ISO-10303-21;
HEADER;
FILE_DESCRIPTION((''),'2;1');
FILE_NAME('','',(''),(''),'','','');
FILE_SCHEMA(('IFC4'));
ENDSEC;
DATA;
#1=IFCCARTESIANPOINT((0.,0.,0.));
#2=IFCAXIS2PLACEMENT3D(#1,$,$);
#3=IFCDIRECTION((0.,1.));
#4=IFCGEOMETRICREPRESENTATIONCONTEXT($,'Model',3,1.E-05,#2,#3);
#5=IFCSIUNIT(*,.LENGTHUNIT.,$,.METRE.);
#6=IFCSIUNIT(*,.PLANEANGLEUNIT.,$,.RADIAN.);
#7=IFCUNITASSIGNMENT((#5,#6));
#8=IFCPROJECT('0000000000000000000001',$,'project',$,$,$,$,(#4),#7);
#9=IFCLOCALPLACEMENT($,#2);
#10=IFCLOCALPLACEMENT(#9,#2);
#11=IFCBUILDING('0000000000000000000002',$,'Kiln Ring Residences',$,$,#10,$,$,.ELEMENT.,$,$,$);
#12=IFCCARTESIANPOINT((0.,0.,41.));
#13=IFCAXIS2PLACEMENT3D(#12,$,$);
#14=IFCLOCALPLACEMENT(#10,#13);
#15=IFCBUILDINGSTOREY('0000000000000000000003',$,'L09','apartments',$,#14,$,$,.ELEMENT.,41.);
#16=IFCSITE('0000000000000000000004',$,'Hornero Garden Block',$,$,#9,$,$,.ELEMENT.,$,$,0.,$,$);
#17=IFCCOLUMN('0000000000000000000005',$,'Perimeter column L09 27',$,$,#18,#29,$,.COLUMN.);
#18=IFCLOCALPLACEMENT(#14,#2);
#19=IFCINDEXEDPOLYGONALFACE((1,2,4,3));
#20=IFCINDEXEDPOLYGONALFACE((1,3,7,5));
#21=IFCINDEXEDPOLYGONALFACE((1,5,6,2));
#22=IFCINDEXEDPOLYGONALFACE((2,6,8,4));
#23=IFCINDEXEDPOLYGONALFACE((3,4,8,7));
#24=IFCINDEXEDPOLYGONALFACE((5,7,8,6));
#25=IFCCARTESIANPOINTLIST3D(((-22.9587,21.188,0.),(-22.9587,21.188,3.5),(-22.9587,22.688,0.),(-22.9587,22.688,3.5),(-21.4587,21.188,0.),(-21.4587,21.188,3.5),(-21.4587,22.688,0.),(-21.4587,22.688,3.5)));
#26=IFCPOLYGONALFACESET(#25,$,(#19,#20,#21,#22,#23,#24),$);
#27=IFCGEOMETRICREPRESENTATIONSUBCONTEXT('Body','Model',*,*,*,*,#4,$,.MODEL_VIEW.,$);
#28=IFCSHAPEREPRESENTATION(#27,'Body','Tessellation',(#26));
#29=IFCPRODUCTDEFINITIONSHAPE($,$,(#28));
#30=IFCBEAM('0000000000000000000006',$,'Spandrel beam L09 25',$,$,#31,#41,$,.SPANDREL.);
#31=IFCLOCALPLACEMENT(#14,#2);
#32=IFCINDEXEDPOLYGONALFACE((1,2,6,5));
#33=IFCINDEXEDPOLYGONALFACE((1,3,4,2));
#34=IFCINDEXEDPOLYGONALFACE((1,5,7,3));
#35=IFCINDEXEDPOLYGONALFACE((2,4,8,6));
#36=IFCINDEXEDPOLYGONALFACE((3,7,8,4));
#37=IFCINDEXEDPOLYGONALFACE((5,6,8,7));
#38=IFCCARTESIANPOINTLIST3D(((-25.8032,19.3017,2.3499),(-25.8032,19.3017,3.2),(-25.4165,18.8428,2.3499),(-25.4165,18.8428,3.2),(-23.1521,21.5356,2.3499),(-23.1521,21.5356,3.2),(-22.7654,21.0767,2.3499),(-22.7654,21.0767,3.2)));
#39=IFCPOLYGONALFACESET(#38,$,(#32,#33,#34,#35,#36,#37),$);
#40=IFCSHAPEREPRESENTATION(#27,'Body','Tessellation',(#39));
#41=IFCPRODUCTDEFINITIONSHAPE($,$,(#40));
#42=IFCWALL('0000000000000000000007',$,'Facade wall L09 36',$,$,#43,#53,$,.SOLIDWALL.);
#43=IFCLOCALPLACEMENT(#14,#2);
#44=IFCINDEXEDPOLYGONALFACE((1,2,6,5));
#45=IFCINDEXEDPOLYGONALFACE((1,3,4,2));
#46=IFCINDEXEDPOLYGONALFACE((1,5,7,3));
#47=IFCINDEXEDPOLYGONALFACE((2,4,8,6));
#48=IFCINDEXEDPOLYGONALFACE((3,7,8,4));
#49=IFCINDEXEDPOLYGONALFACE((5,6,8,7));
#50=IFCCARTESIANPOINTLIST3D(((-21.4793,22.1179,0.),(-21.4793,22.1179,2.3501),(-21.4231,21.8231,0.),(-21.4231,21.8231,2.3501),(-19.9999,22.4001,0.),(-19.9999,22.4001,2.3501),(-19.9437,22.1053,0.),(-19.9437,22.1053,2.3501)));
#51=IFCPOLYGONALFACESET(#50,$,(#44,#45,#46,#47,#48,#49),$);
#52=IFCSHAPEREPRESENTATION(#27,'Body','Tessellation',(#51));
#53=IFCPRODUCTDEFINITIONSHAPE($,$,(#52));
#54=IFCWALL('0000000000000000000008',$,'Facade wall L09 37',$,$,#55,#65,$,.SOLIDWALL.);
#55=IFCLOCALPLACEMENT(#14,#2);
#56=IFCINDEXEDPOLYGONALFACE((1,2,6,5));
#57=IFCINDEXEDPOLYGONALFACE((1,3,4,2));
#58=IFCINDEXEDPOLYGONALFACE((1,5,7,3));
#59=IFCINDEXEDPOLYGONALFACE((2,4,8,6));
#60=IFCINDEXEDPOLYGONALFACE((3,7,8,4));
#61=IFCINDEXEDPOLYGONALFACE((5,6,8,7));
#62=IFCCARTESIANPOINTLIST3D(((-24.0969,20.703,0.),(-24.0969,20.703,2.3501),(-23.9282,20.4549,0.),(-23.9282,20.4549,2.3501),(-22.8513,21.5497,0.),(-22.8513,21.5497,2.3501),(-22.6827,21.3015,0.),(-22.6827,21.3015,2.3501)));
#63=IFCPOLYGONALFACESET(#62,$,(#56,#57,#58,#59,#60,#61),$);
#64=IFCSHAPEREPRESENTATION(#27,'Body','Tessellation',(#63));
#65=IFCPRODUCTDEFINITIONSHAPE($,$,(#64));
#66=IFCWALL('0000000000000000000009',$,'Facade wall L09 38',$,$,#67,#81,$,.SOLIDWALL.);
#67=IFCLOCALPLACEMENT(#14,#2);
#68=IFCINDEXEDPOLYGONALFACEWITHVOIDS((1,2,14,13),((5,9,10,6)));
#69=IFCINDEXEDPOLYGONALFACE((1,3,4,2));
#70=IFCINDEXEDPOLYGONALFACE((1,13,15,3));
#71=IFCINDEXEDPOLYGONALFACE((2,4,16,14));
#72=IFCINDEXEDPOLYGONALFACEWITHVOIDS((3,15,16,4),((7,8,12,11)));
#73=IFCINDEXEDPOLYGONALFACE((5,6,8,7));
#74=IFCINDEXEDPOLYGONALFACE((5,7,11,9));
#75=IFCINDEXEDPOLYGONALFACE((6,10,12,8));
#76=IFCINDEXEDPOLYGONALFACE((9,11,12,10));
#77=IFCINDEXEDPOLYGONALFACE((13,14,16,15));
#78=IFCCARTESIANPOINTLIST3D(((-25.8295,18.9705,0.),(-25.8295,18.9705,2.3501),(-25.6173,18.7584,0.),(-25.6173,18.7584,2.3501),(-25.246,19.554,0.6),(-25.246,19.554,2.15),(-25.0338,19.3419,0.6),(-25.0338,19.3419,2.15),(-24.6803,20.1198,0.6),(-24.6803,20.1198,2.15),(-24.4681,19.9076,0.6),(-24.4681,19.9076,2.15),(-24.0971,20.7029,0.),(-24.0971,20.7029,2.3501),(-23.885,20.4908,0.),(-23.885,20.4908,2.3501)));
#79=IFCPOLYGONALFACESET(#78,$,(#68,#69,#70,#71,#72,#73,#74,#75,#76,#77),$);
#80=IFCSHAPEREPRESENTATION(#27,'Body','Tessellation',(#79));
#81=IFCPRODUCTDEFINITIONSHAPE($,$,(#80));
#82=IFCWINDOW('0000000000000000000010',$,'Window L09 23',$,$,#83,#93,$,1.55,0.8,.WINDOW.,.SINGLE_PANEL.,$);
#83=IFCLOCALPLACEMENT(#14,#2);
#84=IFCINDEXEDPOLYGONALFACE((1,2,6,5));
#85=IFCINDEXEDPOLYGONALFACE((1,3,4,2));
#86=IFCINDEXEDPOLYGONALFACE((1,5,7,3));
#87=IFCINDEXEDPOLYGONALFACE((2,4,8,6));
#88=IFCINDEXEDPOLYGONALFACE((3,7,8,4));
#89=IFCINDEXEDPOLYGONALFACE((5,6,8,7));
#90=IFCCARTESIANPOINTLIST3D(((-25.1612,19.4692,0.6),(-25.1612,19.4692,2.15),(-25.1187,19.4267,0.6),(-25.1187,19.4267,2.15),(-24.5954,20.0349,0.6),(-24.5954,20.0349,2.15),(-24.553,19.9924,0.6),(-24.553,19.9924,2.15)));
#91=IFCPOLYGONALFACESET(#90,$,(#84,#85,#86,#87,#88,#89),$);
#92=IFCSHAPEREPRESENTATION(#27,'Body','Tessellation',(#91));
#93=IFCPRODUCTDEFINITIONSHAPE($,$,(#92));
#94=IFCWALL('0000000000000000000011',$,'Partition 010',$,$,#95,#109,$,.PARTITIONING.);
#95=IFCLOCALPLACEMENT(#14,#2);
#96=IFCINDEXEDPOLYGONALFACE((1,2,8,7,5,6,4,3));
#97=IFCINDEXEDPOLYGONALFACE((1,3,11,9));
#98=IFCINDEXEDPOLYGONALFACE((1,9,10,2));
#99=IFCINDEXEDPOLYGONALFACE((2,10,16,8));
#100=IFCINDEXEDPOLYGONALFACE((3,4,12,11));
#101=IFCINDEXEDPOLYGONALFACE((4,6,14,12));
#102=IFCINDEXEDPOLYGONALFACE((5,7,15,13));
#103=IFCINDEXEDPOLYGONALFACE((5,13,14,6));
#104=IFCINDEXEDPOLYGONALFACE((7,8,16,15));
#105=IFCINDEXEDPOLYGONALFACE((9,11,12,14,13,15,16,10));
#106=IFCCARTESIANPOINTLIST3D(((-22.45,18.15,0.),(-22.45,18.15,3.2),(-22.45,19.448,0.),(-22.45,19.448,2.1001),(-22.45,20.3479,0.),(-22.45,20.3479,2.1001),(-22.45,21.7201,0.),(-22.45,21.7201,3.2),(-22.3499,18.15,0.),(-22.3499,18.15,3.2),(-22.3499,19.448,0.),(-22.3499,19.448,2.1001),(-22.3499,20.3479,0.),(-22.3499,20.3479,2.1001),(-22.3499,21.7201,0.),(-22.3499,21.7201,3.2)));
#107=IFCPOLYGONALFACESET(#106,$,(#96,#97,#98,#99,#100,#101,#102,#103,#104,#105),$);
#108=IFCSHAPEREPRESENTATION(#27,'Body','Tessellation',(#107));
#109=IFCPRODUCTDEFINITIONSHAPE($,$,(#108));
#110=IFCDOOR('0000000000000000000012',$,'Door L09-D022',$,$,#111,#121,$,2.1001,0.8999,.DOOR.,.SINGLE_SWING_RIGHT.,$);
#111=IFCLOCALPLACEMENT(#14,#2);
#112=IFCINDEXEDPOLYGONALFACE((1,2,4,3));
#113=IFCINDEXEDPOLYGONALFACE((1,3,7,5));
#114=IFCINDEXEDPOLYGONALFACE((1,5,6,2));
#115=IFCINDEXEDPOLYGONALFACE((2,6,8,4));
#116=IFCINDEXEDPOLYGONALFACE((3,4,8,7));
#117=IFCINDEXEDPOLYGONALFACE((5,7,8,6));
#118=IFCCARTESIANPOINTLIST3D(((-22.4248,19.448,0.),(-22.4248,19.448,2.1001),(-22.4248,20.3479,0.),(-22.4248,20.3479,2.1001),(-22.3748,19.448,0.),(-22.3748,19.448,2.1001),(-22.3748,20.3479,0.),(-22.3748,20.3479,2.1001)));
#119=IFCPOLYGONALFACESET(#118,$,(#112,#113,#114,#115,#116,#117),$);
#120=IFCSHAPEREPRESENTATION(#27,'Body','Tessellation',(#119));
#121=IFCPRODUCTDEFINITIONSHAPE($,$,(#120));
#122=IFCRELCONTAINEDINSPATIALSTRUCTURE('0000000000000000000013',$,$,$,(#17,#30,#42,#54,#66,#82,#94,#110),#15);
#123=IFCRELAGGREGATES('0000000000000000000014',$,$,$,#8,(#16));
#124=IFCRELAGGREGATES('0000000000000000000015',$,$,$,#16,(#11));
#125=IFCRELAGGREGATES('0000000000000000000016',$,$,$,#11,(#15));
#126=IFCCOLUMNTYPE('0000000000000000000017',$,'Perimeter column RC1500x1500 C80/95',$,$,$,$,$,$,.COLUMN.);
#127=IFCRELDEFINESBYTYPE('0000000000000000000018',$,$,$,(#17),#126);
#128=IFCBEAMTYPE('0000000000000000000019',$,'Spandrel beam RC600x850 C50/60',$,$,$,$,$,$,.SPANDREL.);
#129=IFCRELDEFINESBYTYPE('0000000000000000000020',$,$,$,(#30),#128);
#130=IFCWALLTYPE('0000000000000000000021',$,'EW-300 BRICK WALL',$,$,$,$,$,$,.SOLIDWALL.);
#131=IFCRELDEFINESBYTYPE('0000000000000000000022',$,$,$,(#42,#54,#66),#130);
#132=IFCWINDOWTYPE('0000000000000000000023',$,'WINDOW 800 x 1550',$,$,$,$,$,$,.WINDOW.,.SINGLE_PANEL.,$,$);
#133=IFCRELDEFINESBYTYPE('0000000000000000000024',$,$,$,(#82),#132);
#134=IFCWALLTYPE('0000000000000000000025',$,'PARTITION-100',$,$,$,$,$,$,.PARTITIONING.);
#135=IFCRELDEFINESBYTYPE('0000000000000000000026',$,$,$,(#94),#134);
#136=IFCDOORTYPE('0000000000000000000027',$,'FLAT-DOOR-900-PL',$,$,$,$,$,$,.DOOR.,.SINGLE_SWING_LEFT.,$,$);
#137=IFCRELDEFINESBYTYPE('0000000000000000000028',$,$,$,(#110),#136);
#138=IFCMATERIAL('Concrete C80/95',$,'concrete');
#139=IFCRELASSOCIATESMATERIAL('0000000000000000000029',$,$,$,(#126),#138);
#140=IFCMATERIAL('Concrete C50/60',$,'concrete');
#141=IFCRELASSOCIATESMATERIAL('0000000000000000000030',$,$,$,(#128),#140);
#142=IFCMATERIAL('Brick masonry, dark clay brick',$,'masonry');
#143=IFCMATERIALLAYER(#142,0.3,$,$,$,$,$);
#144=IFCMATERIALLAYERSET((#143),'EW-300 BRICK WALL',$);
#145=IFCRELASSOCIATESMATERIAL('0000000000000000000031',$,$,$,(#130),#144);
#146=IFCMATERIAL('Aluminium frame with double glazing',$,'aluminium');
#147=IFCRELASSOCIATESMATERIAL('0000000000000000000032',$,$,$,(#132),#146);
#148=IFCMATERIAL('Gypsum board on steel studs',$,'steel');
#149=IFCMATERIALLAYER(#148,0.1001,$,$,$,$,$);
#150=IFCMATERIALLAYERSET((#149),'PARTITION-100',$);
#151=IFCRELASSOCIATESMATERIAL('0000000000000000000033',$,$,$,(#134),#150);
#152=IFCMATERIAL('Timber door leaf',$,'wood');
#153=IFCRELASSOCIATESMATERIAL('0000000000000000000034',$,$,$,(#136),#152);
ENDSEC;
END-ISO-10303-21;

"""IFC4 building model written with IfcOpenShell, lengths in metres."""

from ifc_helpers import new_model, si_unit, direction, frame, frame_2d, origin, origin_2d, place, context, subcontext, project, spatial, rectangle, extrude, material, layer, layer_set, material_profile, profile_set, type_object, element, fill, save


model = new_model("IFC4")

# Units and contexts
model_context = context("Model", 3, precision=1e-05, world=origin(), true_north=direction((0.0, 1.0)))
body_context = subcontext(model_context, "Body", "Model", "MODEL_VIEW")
ifc_project = project(units=[si_unit("LENGTHUNIT", "METRE"), si_unit("PLANEANGLEUNIT", "RADIAN")], contexts=[model_context])

# Site, building, storey
site_placement = place(None, origin())
site = spatial("IfcSite", under=ifc_project, at=site_placement, Name="Hornero Garden Block", CompositionType="ELEMENT", RefElevation=0.0)
building_placement = place(site_placement, origin())
building = spatial("IfcBuilding", under=site, at=building_placement, Name="Kiln Ring Residences", CompositionType="ELEMENT")
storey_placement = place(building_placement, frame((0.0, 0.0, 41.0)))
storey = spatial("IfcBuildingStorey", under=building, at=storey_placement, Name="L09", Description="apartments", CompositionType="ELEMENT", Elevation=41.0)

# Column
ifc_material_1 = material(Name="Concrete C80/95", Category="concrete")
ifc_material_profile_1 = material_profile(ifc_material_1, rectangle(XDim=1.5, YDim=1.5, at=origin_2d()), Name="RC1500x1500")
ifc_profile_set_1 = profile_set([ifc_material_profile_1], Name="Concrete C80/95")
column_type = type_object("IfcColumnType", Name="Perimeter column RC1500x1500 C80/95", PredefinedType="COLUMN", material=ifc_profile_set_1)
column_placement = place(storey_placement, frame((-22.2087, 21.938, 0.0), z_axis=(0.0, 0.0, 1.0), x_axis=(1.0, 0.0, 0.0)))
element("IfcColumn", 1, at=column_placement, inside=storey, type_object=column_type, Name="Perimeter column L09 27", PredefinedType="COLUMN", context=body_context, shape_type="SweptSolid", body=[
    extrude(rectangle(XDim=1.5, YDim=1.5, at=origin_2d()), origin(), (0.0, 0.0, 1.0), 3.5),
])

# Beam
ifc_material_2 = material(Name="Concrete C50/60", Category="concrete")
ifc_material_profile_2 = material_profile(ifc_material_2, rectangle(XDim=0.6001, YDim=0.8501, at=origin_2d()), Name="RC600x850")
ifc_profile_set_2 = profile_set([ifc_material_profile_2], Name="Concrete C50/60")
beam_type = type_object("IfcBeamType", Name="Spandrel beam RC600x850 C50/60", PredefinedType="SPANDREL", material=ifc_profile_set_2)
beam_placement = place(storey_placement, frame((-22.9587, 21.3062, 2.7749), z_axis=(-0.764718, -0.644366, 0.0), x_axis=(0.644366, -0.764718, 0.0)))
element("IfcBeam", 2, at=beam_placement, inside=storey, type_object=beam_type, Name="Spandrel beam L09 25", PredefinedType="SPANDREL", context=body_context, shape_type="SweptSolid", body=[
    extrude(rectangle(XDim=0.6001, YDim=0.8501, at=origin_2d()), origin(), (0.0, 0.0, 1.0), 3.4668),
])

# Walls
ifc_material_3 = material(Name="Brick masonry, dark clay brick", Category="masonry")
ifc_layer_1 = layer(ifc_material_3, 0.3)
ifc_layer_set_1 = layer_set([ifc_layer_1], Name="EW-300 BRICK WALL")
wall_type_1 = type_object("IfcWallType", Name="EW-300 BRICK WALL", PredefinedType="SOLIDWALL", material=ifc_layer_set_1)
for number, where, z_axis, x_axis, name in (
    (3, (-19.9719, 22.2527, 0.0), (0.0, 0.0, 1.0), (-0.982287, -0.18738, 0.0), "Facade wall L09 36"),
    (4, (-22.7671, 21.4255, 0.0), (0.0, 0.0, 1.0), (-0.827029, -0.562159, 0.0), "Facade wall L09 37"),
):
    element("IfcWall", number, at=place(storey_placement, frame(where, z_axis=z_axis, x_axis=x_axis)), inside=storey, type_object=wall_type_1, Name=name, PredefinedType="SOLIDWALL", context=body_context, shape_type="SweptSolid", body=[
        extrude(rectangle(XDim=1.5061, YDim=0.3, at=frame_2d((0.7529, 0.0))), origin(), (0.0, 0.0, 1.0), 2.3501),
    ])

# Wall, opening, window
wall_1_placement = place(storey_placement, frame((-23.991, 20.5969, 0.0), z_axis=(0.0, 0.0, 1.0), x_axis=(-0.707107, -0.707107, 0.0)))
wall_1 = element("IfcWall", 5, at=wall_1_placement, inside=storey, type_object=wall_type_1, Name="Facade wall L09 38", PredefinedType="SOLIDWALL", context=body_context, shape_type="SweptSolid", body=[
    extrude(rectangle(XDim=2.45, YDim=0.3, at=frame_2d((1.2251, 0.0))), origin(), (0.0, 0.0, 1.0), 2.3501),
])
opening_1_placement = place(wall_1_placement, frame((0.825, 0.0, 0.6001)))
opening_1 = element("IfcOpeningElement", 6, at=opening_1_placement, cuts=wall_1, PredefinedType="OPENING", context=body_context, shape_type="SweptSolid", body=[
    extrude(rectangle(XDim=0.8, YDim=1.55, at=frame_2d((0.3999, 0.7749))), frame((0.0, 0.1599, 0.0), z_axis=(0.0, -1.0, 0.0), x_axis=(1.0, 0.0, 0.0)), (0.0, 0.0, 1.0), 0.3201),
])
ifc_material_4 = material(Name="Aluminium frame with double glazing", Category="aluminium")
window_type = type_object("IfcWindowType", Name="WINDOW 800 x 1550", PartitioningType="SINGLE_PANEL", PredefinedType="WINDOW", material=ifc_material_4)
window_placement = place(opening_1_placement, origin())
window = element("IfcWindow", 7, at=window_placement, inside=storey, type_object=window_type, Name="Window L09 23", OverallHeight=1.55, OverallWidth=0.8, PartitioningType="SINGLE_PANEL", PredefinedType="WINDOW", context=body_context, shape_type="SweptSolid", body=[
    extrude(rectangle(XDim=0.8, YDim=1.55, at=frame_2d((0.3999, 0.7749))), frame((0.0, 0.03, 0.0), z_axis=(0.0, -1.0, 0.0), x_axis=(1.0, 0.0, 0.0)), (0.0, 0.0, 1.0), 0.0601),
])
fill(opening_1, window)

# Wall, opening, door
ifc_material_5 = material(Name="Gypsum board on steel studs", Category="steel")
ifc_layer_2 = layer(ifc_material_5, 0.1001)
ifc_layer_set_2 = layer_set([ifc_layer_2], Name="PARTITION-100")
wall_type_2 = type_object("IfcWallType", Name="PARTITION-100", PredefinedType="PARTITIONING", material=ifc_layer_set_2)
wall_2_placement = place(storey_placement, frame((-22.3999, 18.1499, 0.0), z_axis=(0.0, 0.0, 1.0), x_axis=(0.0, 1.0, 0.0)))
wall_2 = element("IfcWall", 8, at=wall_2_placement, inside=storey, type_object=wall_type_2, Name="Partition 010", PredefinedType="PARTITIONING", context=body_context, shape_type="SweptSolid", body=[
    extrude(rectangle(XDim=3.5701, YDim=0.1001, at=frame_2d((1.7852, 0.0))), origin(), (0.0, 0.0, 1.0), 3.2),
])
opening_2_placement = place(wall_2_placement, frame((1.2981, 0.0, 0.0)))
opening_2 = element("IfcOpeningElement", 9, at=opening_2_placement, cuts=wall_2, PredefinedType="OPENING", context=body_context, shape_type="SweptSolid", body=[
    extrude(rectangle(XDim=0.8999, YDim=2.1001, at=frame_2d((0.45, 1.05))), frame((0.0, 0.0601, 0.0), z_axis=(0.0, -1.0, 0.0), x_axis=(1.0, 0.0, 0.0)), (0.0, 0.0, 1.0), 0.1201),
])
ifc_material_6 = material(Name="Timber door leaf", Category="wood")
door_type = type_object("IfcDoorType", Name="FLAT-DOOR-900-PL", OperationType="SINGLE_SWING_LEFT", PredefinedType="DOOR", material=ifc_material_6)
door_placement = place(opening_2_placement, origin())
door = element("IfcDoor", 10, at=door_placement, inside=storey, type_object=door_type, Name="Door L09-D022", OperationType="SINGLE_SWING_RIGHT", OverallHeight=2.1001, OverallWidth=0.8999, PredefinedType="DOOR", context=body_context, shape_type="SweptSolid", body=[
    extrude(rectangle(XDim=0.8999, YDim=2.1001, at=frame_2d((0.45, 1.05))), frame((0.0, 0.0249, 0.0), z_axis=(0.0, -1.0, 0.0), x_axis=(1.0, 0.0, 0.0)), (0.0, 0.0, 1.0), 0.05),
])
fill(opening_2, door)

save(model, "model.ifc")
